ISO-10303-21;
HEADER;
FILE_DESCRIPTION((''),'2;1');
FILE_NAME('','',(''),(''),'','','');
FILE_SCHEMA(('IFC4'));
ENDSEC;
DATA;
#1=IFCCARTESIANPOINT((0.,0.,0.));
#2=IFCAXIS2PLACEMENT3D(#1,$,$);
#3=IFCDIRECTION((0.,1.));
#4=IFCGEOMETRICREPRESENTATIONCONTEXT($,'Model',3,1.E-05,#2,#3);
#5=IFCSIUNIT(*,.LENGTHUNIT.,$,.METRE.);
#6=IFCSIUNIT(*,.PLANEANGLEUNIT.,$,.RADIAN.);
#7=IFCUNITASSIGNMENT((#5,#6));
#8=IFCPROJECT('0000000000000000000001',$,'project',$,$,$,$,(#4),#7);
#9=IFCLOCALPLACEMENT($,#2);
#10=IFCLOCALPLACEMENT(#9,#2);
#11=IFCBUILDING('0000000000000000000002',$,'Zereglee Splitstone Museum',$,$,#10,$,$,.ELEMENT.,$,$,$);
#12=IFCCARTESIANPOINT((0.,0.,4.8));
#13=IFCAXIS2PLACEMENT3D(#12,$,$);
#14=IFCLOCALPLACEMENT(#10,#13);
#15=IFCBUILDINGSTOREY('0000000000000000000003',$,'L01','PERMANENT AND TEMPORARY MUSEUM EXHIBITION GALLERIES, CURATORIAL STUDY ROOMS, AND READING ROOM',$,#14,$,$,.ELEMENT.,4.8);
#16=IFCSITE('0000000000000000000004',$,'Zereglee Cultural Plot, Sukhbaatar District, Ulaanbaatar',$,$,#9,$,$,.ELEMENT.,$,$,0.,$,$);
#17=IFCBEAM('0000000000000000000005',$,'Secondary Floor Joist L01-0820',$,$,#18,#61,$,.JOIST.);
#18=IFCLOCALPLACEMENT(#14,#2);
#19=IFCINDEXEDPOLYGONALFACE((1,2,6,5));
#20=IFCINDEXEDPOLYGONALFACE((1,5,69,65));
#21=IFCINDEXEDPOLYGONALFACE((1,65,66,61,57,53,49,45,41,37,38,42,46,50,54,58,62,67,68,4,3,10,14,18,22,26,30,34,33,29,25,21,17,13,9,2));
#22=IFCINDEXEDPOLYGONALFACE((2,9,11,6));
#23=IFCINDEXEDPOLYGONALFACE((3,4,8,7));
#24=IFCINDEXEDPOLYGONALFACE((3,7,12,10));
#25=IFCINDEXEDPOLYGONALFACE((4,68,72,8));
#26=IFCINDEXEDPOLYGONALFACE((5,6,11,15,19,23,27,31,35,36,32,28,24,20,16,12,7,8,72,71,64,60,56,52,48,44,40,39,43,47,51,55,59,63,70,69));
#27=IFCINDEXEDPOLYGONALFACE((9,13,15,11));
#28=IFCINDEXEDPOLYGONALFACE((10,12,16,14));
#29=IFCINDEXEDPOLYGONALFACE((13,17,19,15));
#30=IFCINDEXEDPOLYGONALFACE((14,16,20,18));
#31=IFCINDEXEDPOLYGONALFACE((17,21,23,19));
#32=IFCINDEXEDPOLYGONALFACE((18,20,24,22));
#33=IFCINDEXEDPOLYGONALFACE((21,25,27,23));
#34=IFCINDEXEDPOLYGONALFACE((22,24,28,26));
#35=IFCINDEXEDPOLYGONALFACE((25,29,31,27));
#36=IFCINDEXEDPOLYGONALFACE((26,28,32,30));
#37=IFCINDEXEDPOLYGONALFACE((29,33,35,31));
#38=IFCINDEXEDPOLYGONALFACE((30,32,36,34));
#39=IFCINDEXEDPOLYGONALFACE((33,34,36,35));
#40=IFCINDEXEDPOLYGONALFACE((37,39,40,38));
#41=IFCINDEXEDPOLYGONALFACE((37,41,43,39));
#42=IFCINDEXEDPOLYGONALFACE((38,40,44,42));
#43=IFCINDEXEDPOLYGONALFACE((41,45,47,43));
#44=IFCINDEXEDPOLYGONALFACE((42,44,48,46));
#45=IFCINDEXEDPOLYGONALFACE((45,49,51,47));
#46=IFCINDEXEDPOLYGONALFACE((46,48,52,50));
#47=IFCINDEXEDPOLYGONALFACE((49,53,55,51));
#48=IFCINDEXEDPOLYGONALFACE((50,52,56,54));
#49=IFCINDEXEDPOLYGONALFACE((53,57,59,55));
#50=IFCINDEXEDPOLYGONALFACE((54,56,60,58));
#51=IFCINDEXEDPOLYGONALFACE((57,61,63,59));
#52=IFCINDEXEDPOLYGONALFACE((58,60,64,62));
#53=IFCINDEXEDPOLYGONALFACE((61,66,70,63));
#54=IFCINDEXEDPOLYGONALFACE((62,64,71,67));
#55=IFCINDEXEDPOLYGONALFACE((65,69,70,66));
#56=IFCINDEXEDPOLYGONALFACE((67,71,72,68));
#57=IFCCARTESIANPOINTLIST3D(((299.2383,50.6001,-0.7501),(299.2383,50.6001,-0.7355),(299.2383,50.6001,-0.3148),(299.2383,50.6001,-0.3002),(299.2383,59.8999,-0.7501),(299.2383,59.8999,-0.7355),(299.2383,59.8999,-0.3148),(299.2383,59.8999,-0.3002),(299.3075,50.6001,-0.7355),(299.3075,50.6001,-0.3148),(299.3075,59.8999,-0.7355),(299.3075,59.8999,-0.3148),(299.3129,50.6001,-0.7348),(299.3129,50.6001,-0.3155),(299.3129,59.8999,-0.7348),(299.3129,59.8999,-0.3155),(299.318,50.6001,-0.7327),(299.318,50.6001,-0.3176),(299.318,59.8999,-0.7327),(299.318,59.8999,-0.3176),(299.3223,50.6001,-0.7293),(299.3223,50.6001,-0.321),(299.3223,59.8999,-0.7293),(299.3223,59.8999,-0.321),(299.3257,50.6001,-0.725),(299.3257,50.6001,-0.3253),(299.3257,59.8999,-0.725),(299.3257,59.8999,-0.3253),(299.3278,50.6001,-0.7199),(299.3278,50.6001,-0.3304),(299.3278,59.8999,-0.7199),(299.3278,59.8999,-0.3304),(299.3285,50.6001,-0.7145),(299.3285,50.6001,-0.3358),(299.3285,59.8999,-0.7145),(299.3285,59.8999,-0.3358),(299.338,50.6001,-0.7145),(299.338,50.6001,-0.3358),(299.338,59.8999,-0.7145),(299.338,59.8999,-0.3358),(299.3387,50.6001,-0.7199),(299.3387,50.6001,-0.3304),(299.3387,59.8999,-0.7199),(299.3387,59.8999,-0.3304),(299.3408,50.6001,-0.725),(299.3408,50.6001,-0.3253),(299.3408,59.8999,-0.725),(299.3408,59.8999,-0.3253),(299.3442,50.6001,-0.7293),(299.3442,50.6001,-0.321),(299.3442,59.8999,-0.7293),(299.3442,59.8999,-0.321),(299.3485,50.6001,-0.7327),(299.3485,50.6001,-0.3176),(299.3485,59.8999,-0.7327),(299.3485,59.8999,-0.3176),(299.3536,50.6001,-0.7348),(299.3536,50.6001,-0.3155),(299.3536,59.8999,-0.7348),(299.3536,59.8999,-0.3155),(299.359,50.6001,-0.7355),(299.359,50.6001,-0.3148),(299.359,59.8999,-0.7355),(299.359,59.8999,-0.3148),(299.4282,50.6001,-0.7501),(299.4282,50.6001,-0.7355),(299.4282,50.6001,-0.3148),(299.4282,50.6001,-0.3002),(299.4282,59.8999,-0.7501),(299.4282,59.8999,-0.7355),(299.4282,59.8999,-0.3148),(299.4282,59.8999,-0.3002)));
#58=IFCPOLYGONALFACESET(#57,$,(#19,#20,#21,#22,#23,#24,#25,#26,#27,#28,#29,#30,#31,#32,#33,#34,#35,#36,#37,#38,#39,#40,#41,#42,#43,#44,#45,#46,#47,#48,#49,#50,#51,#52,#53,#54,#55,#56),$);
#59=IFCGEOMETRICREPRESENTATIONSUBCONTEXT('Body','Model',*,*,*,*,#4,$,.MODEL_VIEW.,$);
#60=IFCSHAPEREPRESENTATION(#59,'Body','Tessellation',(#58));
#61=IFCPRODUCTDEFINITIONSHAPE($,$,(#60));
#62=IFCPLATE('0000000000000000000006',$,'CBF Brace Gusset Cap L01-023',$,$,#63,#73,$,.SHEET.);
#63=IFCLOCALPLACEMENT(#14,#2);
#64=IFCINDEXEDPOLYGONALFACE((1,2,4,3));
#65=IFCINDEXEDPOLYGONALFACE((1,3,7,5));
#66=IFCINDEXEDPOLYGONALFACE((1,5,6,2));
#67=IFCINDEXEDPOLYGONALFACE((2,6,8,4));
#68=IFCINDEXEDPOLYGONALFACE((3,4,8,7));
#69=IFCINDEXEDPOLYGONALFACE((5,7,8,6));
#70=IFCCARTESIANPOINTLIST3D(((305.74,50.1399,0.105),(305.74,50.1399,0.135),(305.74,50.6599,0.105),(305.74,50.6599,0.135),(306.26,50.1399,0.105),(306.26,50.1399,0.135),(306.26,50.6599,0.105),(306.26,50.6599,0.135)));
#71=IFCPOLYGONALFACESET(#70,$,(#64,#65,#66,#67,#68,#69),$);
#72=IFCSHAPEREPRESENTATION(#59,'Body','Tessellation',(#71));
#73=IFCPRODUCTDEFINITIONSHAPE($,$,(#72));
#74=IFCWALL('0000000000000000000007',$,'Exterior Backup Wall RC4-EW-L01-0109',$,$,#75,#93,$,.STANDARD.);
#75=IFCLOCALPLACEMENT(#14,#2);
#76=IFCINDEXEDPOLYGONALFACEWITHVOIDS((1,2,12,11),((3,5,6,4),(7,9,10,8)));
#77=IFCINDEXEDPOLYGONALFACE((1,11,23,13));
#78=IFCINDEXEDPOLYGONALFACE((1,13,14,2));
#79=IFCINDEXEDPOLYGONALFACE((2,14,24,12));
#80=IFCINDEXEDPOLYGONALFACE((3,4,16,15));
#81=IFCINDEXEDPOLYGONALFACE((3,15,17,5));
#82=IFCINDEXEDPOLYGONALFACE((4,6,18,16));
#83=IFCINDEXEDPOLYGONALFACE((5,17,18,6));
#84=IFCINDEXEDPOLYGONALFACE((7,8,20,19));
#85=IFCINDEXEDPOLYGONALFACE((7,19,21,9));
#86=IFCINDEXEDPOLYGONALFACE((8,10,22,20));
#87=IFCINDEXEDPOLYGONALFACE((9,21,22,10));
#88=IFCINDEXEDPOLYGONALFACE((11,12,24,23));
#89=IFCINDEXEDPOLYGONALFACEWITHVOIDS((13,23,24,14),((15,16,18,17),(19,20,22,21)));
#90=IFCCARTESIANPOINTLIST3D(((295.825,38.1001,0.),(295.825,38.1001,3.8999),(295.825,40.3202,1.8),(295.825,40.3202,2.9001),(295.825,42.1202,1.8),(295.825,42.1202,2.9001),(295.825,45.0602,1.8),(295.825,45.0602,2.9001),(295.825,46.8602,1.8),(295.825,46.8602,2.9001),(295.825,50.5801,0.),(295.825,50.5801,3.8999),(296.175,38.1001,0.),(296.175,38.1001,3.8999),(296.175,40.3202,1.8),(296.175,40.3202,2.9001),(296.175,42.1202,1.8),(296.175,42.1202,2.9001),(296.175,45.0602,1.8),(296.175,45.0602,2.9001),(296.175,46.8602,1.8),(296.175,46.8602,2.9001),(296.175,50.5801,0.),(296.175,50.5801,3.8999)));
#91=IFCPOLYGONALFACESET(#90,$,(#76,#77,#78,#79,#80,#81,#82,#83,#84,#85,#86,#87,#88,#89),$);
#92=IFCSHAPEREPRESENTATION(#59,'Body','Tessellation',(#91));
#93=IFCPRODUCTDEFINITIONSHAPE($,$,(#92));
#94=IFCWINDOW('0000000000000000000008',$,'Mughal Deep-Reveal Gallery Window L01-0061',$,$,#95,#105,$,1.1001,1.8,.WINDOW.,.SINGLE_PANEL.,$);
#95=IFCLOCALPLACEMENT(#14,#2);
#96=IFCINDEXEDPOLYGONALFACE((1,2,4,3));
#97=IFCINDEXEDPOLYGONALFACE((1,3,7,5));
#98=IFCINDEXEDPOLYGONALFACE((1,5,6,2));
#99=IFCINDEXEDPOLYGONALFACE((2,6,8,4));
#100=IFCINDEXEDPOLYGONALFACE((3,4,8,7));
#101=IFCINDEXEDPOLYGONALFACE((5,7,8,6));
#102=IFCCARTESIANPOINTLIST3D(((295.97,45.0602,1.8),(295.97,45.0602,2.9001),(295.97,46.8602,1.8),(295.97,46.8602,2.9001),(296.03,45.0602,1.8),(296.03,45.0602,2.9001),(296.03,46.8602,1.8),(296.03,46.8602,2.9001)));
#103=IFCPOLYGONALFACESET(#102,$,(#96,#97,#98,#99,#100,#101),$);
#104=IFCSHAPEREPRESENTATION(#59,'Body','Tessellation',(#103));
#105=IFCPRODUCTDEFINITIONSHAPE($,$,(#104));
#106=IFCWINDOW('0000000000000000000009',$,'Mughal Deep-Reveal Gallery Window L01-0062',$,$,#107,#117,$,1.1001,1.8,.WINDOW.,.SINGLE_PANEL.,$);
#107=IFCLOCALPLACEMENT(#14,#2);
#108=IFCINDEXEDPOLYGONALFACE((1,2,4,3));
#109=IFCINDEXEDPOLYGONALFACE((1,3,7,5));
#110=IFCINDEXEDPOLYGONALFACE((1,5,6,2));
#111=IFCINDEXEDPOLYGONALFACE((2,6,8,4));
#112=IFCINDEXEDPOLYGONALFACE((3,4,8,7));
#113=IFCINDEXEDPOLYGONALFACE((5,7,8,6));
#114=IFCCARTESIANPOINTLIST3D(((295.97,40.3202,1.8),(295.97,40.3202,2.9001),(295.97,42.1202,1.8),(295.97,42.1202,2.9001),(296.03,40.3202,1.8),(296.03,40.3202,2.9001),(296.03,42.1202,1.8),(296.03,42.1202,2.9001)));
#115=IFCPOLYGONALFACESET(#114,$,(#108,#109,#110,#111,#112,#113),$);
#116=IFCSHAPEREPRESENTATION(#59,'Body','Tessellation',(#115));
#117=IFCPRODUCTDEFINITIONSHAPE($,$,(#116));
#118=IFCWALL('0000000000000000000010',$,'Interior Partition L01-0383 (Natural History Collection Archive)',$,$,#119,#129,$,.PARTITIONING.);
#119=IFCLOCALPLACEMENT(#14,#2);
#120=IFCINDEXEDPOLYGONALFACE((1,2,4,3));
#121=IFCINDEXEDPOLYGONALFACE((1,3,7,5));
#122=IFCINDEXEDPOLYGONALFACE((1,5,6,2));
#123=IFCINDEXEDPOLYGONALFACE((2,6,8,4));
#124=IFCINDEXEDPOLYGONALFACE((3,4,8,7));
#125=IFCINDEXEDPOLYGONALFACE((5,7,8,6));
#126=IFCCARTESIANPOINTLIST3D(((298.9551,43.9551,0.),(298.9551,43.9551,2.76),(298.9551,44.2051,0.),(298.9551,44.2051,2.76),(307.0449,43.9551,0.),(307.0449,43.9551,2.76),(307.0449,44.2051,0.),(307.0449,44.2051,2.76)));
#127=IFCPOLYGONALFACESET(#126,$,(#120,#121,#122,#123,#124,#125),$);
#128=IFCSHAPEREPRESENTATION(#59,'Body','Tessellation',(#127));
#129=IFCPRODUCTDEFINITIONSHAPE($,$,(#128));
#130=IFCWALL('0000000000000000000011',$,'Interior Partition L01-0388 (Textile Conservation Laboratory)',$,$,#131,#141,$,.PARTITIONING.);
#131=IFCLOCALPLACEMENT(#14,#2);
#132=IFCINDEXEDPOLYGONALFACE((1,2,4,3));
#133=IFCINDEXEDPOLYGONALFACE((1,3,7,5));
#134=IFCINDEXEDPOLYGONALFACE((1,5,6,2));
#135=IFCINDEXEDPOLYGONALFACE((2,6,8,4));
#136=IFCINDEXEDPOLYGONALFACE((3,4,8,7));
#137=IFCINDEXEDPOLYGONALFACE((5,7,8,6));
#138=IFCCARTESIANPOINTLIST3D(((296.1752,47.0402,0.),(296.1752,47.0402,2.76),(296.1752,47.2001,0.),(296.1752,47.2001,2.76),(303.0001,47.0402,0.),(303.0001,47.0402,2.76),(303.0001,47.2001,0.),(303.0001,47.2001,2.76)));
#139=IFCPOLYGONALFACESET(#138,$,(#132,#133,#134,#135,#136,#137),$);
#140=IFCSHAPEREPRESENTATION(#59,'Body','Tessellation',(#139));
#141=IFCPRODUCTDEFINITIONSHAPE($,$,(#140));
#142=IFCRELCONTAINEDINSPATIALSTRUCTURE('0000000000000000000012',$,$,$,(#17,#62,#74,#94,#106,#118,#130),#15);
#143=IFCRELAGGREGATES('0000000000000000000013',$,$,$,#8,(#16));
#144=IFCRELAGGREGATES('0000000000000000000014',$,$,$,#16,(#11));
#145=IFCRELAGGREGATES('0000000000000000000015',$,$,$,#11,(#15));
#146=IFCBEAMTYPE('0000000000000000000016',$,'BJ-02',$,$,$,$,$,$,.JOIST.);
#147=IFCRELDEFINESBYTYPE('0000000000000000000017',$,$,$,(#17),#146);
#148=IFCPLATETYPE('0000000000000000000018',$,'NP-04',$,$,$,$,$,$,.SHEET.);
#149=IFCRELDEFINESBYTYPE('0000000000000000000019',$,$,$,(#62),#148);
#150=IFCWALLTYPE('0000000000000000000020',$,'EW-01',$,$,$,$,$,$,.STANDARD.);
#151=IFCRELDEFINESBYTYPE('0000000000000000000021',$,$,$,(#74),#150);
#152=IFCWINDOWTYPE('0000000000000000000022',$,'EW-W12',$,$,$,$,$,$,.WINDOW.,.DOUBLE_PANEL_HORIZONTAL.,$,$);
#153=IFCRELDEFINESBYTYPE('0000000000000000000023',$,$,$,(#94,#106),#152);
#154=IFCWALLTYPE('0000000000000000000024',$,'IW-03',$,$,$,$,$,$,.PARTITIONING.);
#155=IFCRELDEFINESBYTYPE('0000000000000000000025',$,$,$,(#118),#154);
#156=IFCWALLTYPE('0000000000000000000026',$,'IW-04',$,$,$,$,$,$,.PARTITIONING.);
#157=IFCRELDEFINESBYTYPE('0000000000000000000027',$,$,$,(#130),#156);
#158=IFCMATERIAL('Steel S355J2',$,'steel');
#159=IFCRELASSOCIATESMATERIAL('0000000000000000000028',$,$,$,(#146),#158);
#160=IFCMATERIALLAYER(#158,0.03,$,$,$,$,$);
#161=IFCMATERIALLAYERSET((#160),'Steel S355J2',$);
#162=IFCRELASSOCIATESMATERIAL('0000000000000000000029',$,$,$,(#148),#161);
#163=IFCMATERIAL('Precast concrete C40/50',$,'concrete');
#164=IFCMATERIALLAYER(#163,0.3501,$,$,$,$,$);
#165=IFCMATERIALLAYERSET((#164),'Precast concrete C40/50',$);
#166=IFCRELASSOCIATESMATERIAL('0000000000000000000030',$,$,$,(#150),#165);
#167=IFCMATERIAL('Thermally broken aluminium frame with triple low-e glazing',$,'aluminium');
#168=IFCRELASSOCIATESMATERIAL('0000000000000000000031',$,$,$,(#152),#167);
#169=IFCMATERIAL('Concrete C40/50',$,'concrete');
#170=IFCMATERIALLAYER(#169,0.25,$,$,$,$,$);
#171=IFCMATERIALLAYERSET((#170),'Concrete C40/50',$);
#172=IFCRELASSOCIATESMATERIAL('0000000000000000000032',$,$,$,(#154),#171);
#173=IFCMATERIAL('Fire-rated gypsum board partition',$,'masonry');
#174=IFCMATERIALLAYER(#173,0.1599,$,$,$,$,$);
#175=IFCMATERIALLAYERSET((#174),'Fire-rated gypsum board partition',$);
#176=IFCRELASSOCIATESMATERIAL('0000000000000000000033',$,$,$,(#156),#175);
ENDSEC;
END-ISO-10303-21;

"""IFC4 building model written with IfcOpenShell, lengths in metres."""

from ifc_helpers import new_model, si_unit, direction, frame, frame_2d, origin, origin_2d, place, context, subcontext, project, spatial, rectangle, i_section, extrude, material, layer, layer_set, material_profile, profile_set, type_object, element, fill, save


model = new_model("IFC4")

# Units and contexts
model_context = context("Model", 3, precision=1e-05, world=origin(), true_north=direction((0.0, 1.0)))
body_context = subcontext(model_context, "Body", "Model", "MODEL_VIEW")
ifc_project = project(units=[si_unit("LENGTHUNIT", "METRE"), si_unit("PLANEANGLEUNIT", "RADIAN")], contexts=[model_context])

# Site, building, storey
site_placement = place(None, origin())
site = spatial("IfcSite", under=ifc_project, at=site_placement, Name="Zereglee Cultural Plot, Sukhbaatar District, Ulaanbaatar", CompositionType="ELEMENT", RefElevation=0.0)
building_placement = place(site_placement, origin())
building = spatial("IfcBuilding", under=site, at=building_placement, Name="Zereglee Splitstone Museum", CompositionType="ELEMENT")
storey_placement = place(building_placement, frame((0.0, 0.0, 4.8)))
storey = spatial("IfcBuildingStorey", under=building, at=storey_placement, Name="L01", Description="PERMANENT AND TEMPORARY MUSEUM EXHIBITION GALLERIES, CURATORIAL STUDY ROOMS, AND READING ROOM", CompositionType="ELEMENT", Elevation=4.8)

# Shared definitions
ifc_material_1 = material(Name="Concrete C40/50", Category="concrete")

# Beam
ifc_material_2 = material(Name="Steel S355J2", Category="steel")
ifc_material_profile_1 = material_profile(ifc_material_2, i_section(OverallWidth=0.1899, OverallDepth=0.45, WebThickness=0.0095, FlangeThickness=0.0146, FilletRadius=0.021, at=origin_2d()), Name="IPE 450")
ifc_profile_set_1 = profile_set([ifc_material_profile_1], Name="Steel S355J2")
beam_type_1 = type_object("IfcBeamType", Name="BJ-02", PredefinedType="JOIST", material=ifc_profile_set_1)
beam_1_placement = place(storey_placement, frame((299.3333, 50.6001, -0.5251), z_axis=(0.0, 1.0, 0.0), x_axis=(-1.0, 0.0, 0.0)))
element("IfcBeam", 1, at=beam_1_placement, inside=storey, type_object=beam_type_1, Name="Secondary Floor Joist L01-0820", PredefinedType="JOIST", context=body_context, shape_type="SweptSolid", body=[
    extrude(i_section(OverallWidth=0.1899, OverallDepth=0.45, WebThickness=0.0095, FlangeThickness=0.0146, FilletRadius=0.021, at=origin_2d()), origin(), (0.0, 0.0, 1.0), 9.2998),
])

# Plate
ifc_layer_1 = layer(ifc_material_2, 0.03)
ifc_layer_set_1 = layer_set([ifc_layer_1], Name="Steel S355J2")
plate_type = type_object("IfcPlateType", Name="NP-04", PredefinedType="SHEET", material=ifc_layer_set_1)
plate_placement = place(storey_placement, frame((306.0, 50.3999, 0.105), z_axis=(0.0, 0.0, 1.0), x_axis=(1.0, 0.0, 0.0)))
element("IfcPlate", 2, at=plate_placement, inside=storey, type_object=plate_type, Name="CBF Brace Gusset Cap L01-023", PredefinedType="SHEET", context=body_context, shape_type="SweptSolid", body=[
    extrude(rectangle(XDim=0.52, YDim=0.52, at=origin_2d()), origin(), (0.0, 0.0, 1.0), 0.03),
])

# Wall, openings, windows
ifc_material_3 = material(Name="Precast concrete C40/50", Category="concrete")
ifc_layer_2 = layer(ifc_material_3, 0.3501)
ifc_layer_set_2 = layer_set([ifc_layer_2], Name="Precast concrete C40/50")
wall_type_1 = type_object("IfcWallType", Name="EW-01", PredefinedType="STANDARD", material=ifc_layer_set_2)
wall_1_placement = place(storey_placement, frame((296.0, 50.5801, 0.0), z_axis=(0.0, 0.0, 1.0), x_axis=(0.0, -1.0, 0.0)))
wall_1 = element("IfcWall", 3, at=wall_1_placement, inside=storey, type_object=wall_type_1, Name="Exterior Backup Wall RC4-EW-L01-0109", PredefinedType="STANDARD", context=body_context, shape_type="SweptSolid", body=[
    extrude(rectangle(XDim=12.48, YDim=0.3501, at=frame_2d((6.24, 0.0))), origin(), (0.0, 0.0, 1.0), 3.8999),
])
opening_1_placement = place(wall_1_placement, frame((3.72, 0.0, 1.8)))
opening_1 = element("IfcOpeningElement", 4, at=opening_1_placement, cuts=wall_1, PredefinedType="OPENING", context=body_context, shape_type="SweptSolid", body=[
    extrude(rectangle(XDim=1.8, YDim=1.1001, at=frame_2d((0.8999, 0.55))), frame((0.0, 0.1899, 0.0), z_axis=(0.0, -1.0, 0.0), x_axis=(1.0, 0.0, 0.0)), (0.0, 0.0, 1.0), 0.3799),
])
opening_2_placement = place(wall_1_placement, frame((8.46, 0.0, 1.8)))
opening_2 = element("IfcOpeningElement", 5, at=opening_2_placement, cuts=wall_1, PredefinedType="OPENING", context=body_context, shape_type="SweptSolid", body=[
    extrude(rectangle(XDim=1.8, YDim=1.1001, at=frame_2d((0.8999, 0.55))), frame((0.0, 0.1899, 0.0), z_axis=(0.0, -1.0, 0.0), x_axis=(1.0, 0.0, 0.0)), (0.0, 0.0, 1.0), 0.3799),
])
ifc_material_4 = material(Name="Thermally broken aluminium frame with triple low-e glazing", Category="aluminium")
window_type = type_object("IfcWindowType", Name="EW-W12", PartitioningType="DOUBLE_PANEL_HORIZONTAL", PredefinedType="WINDOW", material=ifc_material_4)
window_1_placement = place(opening_1_placement, origin())
window_1 = element("IfcWindow", 6, at=window_1_placement, inside=storey, type_object=window_type, Name="Mughal Deep-Reveal Gallery Window L01-0061", OverallHeight=1.1001, OverallWidth=1.8, PartitioningType="SINGLE_PANEL", PredefinedType="WINDOW", context=body_context, shape_type="SweptSolid", body=[
    extrude(rectangle(XDim=1.8, YDim=1.1001, at=frame_2d((0.8999, 0.55))), frame((0.0, 0.03, 0.0), z_axis=(0.0, -1.0, 0.0), x_axis=(1.0, 0.0, 0.0)), (0.0, 0.0, 1.0), 0.0601),
])
fill(opening_1, window_1)
window_2_placement = place(opening_2_placement, origin())
window_2 = element("IfcWindow", 7, at=window_2_placement, inside=storey, type_object=window_type, Name="Mughal Deep-Reveal Gallery Window L01-0062", OverallHeight=1.1001, OverallWidth=1.8, PartitioningType="SINGLE_PANEL", PredefinedType="WINDOW", context=body_context, shape_type="SweptSolid", body=[
    extrude(rectangle(XDim=1.8, YDim=1.1001, at=frame_2d((0.8999, 0.55))), frame((0.0, 0.03, 0.0), z_axis=(0.0, -1.0, 0.0), x_axis=(1.0, 0.0, 0.0)), (0.0, 0.0, 1.0), 0.0601),
])
fill(opening_2, window_2)

# Walls
ifc_layer_3 = layer(ifc_material_1, 0.25)
ifc_layer_set_3 = layer_set([ifc_layer_3], Name="Concrete C40/50")
wall_type_2 = type_object("IfcWallType", Name="IW-03", PredefinedType="PARTITIONING", material=ifc_layer_set_3)
wall_2_placement = place(storey_placement, frame((298.9551, 44.0801, 0.0), z_axis=(0.0, 0.0, 1.0), x_axis=(1.0, 0.0, 0.0)))
element("IfcWall", 8, at=wall_2_placement, inside=storey, type_object=wall_type_2, Name="Interior Partition L01-0383 (Natural History Collection Archive)", PredefinedType="PARTITIONING", context=body_context, shape_type="SweptSolid", body=[
    extrude(rectangle(XDim=8.0898, YDim=0.25, at=frame_2d((4.0449, 0.0))), origin(), (0.0, 0.0, 1.0), 2.76),
])
ifc_material_5 = material(Name="Fire-rated gypsum board partition", Category="masonry")
ifc_layer_4 = layer(ifc_material_5, 0.1599)
ifc_layer_set_4 = layer_set([ifc_layer_4], Name="Fire-rated gypsum board partition")
wall_type_3 = type_object("IfcWallType", Name="IW-04", PredefinedType="PARTITIONING", material=ifc_layer_set_4)
wall_3_placement = place(storey_placement, frame((296.175, 47.1201, 0.0), z_axis=(0.0, 0.0, 1.0), x_axis=(1.0, 0.0, 0.0)))
element("IfcWall", 9, at=wall_3_placement, inside=storey, type_object=wall_type_3, Name="Interior Partition L01-0388 (Textile Conservation Laboratory)", PredefinedType="PARTITIONING", context=body_context, shape_type="SweptSolid", body=[
    extrude(rectangle(XDim=6.825, YDim=0.1599, at=frame_2d((3.4126, 0.0))), origin(), (0.0, 0.0, 1.0), 2.76),
])

save(model, "model.ifc")
